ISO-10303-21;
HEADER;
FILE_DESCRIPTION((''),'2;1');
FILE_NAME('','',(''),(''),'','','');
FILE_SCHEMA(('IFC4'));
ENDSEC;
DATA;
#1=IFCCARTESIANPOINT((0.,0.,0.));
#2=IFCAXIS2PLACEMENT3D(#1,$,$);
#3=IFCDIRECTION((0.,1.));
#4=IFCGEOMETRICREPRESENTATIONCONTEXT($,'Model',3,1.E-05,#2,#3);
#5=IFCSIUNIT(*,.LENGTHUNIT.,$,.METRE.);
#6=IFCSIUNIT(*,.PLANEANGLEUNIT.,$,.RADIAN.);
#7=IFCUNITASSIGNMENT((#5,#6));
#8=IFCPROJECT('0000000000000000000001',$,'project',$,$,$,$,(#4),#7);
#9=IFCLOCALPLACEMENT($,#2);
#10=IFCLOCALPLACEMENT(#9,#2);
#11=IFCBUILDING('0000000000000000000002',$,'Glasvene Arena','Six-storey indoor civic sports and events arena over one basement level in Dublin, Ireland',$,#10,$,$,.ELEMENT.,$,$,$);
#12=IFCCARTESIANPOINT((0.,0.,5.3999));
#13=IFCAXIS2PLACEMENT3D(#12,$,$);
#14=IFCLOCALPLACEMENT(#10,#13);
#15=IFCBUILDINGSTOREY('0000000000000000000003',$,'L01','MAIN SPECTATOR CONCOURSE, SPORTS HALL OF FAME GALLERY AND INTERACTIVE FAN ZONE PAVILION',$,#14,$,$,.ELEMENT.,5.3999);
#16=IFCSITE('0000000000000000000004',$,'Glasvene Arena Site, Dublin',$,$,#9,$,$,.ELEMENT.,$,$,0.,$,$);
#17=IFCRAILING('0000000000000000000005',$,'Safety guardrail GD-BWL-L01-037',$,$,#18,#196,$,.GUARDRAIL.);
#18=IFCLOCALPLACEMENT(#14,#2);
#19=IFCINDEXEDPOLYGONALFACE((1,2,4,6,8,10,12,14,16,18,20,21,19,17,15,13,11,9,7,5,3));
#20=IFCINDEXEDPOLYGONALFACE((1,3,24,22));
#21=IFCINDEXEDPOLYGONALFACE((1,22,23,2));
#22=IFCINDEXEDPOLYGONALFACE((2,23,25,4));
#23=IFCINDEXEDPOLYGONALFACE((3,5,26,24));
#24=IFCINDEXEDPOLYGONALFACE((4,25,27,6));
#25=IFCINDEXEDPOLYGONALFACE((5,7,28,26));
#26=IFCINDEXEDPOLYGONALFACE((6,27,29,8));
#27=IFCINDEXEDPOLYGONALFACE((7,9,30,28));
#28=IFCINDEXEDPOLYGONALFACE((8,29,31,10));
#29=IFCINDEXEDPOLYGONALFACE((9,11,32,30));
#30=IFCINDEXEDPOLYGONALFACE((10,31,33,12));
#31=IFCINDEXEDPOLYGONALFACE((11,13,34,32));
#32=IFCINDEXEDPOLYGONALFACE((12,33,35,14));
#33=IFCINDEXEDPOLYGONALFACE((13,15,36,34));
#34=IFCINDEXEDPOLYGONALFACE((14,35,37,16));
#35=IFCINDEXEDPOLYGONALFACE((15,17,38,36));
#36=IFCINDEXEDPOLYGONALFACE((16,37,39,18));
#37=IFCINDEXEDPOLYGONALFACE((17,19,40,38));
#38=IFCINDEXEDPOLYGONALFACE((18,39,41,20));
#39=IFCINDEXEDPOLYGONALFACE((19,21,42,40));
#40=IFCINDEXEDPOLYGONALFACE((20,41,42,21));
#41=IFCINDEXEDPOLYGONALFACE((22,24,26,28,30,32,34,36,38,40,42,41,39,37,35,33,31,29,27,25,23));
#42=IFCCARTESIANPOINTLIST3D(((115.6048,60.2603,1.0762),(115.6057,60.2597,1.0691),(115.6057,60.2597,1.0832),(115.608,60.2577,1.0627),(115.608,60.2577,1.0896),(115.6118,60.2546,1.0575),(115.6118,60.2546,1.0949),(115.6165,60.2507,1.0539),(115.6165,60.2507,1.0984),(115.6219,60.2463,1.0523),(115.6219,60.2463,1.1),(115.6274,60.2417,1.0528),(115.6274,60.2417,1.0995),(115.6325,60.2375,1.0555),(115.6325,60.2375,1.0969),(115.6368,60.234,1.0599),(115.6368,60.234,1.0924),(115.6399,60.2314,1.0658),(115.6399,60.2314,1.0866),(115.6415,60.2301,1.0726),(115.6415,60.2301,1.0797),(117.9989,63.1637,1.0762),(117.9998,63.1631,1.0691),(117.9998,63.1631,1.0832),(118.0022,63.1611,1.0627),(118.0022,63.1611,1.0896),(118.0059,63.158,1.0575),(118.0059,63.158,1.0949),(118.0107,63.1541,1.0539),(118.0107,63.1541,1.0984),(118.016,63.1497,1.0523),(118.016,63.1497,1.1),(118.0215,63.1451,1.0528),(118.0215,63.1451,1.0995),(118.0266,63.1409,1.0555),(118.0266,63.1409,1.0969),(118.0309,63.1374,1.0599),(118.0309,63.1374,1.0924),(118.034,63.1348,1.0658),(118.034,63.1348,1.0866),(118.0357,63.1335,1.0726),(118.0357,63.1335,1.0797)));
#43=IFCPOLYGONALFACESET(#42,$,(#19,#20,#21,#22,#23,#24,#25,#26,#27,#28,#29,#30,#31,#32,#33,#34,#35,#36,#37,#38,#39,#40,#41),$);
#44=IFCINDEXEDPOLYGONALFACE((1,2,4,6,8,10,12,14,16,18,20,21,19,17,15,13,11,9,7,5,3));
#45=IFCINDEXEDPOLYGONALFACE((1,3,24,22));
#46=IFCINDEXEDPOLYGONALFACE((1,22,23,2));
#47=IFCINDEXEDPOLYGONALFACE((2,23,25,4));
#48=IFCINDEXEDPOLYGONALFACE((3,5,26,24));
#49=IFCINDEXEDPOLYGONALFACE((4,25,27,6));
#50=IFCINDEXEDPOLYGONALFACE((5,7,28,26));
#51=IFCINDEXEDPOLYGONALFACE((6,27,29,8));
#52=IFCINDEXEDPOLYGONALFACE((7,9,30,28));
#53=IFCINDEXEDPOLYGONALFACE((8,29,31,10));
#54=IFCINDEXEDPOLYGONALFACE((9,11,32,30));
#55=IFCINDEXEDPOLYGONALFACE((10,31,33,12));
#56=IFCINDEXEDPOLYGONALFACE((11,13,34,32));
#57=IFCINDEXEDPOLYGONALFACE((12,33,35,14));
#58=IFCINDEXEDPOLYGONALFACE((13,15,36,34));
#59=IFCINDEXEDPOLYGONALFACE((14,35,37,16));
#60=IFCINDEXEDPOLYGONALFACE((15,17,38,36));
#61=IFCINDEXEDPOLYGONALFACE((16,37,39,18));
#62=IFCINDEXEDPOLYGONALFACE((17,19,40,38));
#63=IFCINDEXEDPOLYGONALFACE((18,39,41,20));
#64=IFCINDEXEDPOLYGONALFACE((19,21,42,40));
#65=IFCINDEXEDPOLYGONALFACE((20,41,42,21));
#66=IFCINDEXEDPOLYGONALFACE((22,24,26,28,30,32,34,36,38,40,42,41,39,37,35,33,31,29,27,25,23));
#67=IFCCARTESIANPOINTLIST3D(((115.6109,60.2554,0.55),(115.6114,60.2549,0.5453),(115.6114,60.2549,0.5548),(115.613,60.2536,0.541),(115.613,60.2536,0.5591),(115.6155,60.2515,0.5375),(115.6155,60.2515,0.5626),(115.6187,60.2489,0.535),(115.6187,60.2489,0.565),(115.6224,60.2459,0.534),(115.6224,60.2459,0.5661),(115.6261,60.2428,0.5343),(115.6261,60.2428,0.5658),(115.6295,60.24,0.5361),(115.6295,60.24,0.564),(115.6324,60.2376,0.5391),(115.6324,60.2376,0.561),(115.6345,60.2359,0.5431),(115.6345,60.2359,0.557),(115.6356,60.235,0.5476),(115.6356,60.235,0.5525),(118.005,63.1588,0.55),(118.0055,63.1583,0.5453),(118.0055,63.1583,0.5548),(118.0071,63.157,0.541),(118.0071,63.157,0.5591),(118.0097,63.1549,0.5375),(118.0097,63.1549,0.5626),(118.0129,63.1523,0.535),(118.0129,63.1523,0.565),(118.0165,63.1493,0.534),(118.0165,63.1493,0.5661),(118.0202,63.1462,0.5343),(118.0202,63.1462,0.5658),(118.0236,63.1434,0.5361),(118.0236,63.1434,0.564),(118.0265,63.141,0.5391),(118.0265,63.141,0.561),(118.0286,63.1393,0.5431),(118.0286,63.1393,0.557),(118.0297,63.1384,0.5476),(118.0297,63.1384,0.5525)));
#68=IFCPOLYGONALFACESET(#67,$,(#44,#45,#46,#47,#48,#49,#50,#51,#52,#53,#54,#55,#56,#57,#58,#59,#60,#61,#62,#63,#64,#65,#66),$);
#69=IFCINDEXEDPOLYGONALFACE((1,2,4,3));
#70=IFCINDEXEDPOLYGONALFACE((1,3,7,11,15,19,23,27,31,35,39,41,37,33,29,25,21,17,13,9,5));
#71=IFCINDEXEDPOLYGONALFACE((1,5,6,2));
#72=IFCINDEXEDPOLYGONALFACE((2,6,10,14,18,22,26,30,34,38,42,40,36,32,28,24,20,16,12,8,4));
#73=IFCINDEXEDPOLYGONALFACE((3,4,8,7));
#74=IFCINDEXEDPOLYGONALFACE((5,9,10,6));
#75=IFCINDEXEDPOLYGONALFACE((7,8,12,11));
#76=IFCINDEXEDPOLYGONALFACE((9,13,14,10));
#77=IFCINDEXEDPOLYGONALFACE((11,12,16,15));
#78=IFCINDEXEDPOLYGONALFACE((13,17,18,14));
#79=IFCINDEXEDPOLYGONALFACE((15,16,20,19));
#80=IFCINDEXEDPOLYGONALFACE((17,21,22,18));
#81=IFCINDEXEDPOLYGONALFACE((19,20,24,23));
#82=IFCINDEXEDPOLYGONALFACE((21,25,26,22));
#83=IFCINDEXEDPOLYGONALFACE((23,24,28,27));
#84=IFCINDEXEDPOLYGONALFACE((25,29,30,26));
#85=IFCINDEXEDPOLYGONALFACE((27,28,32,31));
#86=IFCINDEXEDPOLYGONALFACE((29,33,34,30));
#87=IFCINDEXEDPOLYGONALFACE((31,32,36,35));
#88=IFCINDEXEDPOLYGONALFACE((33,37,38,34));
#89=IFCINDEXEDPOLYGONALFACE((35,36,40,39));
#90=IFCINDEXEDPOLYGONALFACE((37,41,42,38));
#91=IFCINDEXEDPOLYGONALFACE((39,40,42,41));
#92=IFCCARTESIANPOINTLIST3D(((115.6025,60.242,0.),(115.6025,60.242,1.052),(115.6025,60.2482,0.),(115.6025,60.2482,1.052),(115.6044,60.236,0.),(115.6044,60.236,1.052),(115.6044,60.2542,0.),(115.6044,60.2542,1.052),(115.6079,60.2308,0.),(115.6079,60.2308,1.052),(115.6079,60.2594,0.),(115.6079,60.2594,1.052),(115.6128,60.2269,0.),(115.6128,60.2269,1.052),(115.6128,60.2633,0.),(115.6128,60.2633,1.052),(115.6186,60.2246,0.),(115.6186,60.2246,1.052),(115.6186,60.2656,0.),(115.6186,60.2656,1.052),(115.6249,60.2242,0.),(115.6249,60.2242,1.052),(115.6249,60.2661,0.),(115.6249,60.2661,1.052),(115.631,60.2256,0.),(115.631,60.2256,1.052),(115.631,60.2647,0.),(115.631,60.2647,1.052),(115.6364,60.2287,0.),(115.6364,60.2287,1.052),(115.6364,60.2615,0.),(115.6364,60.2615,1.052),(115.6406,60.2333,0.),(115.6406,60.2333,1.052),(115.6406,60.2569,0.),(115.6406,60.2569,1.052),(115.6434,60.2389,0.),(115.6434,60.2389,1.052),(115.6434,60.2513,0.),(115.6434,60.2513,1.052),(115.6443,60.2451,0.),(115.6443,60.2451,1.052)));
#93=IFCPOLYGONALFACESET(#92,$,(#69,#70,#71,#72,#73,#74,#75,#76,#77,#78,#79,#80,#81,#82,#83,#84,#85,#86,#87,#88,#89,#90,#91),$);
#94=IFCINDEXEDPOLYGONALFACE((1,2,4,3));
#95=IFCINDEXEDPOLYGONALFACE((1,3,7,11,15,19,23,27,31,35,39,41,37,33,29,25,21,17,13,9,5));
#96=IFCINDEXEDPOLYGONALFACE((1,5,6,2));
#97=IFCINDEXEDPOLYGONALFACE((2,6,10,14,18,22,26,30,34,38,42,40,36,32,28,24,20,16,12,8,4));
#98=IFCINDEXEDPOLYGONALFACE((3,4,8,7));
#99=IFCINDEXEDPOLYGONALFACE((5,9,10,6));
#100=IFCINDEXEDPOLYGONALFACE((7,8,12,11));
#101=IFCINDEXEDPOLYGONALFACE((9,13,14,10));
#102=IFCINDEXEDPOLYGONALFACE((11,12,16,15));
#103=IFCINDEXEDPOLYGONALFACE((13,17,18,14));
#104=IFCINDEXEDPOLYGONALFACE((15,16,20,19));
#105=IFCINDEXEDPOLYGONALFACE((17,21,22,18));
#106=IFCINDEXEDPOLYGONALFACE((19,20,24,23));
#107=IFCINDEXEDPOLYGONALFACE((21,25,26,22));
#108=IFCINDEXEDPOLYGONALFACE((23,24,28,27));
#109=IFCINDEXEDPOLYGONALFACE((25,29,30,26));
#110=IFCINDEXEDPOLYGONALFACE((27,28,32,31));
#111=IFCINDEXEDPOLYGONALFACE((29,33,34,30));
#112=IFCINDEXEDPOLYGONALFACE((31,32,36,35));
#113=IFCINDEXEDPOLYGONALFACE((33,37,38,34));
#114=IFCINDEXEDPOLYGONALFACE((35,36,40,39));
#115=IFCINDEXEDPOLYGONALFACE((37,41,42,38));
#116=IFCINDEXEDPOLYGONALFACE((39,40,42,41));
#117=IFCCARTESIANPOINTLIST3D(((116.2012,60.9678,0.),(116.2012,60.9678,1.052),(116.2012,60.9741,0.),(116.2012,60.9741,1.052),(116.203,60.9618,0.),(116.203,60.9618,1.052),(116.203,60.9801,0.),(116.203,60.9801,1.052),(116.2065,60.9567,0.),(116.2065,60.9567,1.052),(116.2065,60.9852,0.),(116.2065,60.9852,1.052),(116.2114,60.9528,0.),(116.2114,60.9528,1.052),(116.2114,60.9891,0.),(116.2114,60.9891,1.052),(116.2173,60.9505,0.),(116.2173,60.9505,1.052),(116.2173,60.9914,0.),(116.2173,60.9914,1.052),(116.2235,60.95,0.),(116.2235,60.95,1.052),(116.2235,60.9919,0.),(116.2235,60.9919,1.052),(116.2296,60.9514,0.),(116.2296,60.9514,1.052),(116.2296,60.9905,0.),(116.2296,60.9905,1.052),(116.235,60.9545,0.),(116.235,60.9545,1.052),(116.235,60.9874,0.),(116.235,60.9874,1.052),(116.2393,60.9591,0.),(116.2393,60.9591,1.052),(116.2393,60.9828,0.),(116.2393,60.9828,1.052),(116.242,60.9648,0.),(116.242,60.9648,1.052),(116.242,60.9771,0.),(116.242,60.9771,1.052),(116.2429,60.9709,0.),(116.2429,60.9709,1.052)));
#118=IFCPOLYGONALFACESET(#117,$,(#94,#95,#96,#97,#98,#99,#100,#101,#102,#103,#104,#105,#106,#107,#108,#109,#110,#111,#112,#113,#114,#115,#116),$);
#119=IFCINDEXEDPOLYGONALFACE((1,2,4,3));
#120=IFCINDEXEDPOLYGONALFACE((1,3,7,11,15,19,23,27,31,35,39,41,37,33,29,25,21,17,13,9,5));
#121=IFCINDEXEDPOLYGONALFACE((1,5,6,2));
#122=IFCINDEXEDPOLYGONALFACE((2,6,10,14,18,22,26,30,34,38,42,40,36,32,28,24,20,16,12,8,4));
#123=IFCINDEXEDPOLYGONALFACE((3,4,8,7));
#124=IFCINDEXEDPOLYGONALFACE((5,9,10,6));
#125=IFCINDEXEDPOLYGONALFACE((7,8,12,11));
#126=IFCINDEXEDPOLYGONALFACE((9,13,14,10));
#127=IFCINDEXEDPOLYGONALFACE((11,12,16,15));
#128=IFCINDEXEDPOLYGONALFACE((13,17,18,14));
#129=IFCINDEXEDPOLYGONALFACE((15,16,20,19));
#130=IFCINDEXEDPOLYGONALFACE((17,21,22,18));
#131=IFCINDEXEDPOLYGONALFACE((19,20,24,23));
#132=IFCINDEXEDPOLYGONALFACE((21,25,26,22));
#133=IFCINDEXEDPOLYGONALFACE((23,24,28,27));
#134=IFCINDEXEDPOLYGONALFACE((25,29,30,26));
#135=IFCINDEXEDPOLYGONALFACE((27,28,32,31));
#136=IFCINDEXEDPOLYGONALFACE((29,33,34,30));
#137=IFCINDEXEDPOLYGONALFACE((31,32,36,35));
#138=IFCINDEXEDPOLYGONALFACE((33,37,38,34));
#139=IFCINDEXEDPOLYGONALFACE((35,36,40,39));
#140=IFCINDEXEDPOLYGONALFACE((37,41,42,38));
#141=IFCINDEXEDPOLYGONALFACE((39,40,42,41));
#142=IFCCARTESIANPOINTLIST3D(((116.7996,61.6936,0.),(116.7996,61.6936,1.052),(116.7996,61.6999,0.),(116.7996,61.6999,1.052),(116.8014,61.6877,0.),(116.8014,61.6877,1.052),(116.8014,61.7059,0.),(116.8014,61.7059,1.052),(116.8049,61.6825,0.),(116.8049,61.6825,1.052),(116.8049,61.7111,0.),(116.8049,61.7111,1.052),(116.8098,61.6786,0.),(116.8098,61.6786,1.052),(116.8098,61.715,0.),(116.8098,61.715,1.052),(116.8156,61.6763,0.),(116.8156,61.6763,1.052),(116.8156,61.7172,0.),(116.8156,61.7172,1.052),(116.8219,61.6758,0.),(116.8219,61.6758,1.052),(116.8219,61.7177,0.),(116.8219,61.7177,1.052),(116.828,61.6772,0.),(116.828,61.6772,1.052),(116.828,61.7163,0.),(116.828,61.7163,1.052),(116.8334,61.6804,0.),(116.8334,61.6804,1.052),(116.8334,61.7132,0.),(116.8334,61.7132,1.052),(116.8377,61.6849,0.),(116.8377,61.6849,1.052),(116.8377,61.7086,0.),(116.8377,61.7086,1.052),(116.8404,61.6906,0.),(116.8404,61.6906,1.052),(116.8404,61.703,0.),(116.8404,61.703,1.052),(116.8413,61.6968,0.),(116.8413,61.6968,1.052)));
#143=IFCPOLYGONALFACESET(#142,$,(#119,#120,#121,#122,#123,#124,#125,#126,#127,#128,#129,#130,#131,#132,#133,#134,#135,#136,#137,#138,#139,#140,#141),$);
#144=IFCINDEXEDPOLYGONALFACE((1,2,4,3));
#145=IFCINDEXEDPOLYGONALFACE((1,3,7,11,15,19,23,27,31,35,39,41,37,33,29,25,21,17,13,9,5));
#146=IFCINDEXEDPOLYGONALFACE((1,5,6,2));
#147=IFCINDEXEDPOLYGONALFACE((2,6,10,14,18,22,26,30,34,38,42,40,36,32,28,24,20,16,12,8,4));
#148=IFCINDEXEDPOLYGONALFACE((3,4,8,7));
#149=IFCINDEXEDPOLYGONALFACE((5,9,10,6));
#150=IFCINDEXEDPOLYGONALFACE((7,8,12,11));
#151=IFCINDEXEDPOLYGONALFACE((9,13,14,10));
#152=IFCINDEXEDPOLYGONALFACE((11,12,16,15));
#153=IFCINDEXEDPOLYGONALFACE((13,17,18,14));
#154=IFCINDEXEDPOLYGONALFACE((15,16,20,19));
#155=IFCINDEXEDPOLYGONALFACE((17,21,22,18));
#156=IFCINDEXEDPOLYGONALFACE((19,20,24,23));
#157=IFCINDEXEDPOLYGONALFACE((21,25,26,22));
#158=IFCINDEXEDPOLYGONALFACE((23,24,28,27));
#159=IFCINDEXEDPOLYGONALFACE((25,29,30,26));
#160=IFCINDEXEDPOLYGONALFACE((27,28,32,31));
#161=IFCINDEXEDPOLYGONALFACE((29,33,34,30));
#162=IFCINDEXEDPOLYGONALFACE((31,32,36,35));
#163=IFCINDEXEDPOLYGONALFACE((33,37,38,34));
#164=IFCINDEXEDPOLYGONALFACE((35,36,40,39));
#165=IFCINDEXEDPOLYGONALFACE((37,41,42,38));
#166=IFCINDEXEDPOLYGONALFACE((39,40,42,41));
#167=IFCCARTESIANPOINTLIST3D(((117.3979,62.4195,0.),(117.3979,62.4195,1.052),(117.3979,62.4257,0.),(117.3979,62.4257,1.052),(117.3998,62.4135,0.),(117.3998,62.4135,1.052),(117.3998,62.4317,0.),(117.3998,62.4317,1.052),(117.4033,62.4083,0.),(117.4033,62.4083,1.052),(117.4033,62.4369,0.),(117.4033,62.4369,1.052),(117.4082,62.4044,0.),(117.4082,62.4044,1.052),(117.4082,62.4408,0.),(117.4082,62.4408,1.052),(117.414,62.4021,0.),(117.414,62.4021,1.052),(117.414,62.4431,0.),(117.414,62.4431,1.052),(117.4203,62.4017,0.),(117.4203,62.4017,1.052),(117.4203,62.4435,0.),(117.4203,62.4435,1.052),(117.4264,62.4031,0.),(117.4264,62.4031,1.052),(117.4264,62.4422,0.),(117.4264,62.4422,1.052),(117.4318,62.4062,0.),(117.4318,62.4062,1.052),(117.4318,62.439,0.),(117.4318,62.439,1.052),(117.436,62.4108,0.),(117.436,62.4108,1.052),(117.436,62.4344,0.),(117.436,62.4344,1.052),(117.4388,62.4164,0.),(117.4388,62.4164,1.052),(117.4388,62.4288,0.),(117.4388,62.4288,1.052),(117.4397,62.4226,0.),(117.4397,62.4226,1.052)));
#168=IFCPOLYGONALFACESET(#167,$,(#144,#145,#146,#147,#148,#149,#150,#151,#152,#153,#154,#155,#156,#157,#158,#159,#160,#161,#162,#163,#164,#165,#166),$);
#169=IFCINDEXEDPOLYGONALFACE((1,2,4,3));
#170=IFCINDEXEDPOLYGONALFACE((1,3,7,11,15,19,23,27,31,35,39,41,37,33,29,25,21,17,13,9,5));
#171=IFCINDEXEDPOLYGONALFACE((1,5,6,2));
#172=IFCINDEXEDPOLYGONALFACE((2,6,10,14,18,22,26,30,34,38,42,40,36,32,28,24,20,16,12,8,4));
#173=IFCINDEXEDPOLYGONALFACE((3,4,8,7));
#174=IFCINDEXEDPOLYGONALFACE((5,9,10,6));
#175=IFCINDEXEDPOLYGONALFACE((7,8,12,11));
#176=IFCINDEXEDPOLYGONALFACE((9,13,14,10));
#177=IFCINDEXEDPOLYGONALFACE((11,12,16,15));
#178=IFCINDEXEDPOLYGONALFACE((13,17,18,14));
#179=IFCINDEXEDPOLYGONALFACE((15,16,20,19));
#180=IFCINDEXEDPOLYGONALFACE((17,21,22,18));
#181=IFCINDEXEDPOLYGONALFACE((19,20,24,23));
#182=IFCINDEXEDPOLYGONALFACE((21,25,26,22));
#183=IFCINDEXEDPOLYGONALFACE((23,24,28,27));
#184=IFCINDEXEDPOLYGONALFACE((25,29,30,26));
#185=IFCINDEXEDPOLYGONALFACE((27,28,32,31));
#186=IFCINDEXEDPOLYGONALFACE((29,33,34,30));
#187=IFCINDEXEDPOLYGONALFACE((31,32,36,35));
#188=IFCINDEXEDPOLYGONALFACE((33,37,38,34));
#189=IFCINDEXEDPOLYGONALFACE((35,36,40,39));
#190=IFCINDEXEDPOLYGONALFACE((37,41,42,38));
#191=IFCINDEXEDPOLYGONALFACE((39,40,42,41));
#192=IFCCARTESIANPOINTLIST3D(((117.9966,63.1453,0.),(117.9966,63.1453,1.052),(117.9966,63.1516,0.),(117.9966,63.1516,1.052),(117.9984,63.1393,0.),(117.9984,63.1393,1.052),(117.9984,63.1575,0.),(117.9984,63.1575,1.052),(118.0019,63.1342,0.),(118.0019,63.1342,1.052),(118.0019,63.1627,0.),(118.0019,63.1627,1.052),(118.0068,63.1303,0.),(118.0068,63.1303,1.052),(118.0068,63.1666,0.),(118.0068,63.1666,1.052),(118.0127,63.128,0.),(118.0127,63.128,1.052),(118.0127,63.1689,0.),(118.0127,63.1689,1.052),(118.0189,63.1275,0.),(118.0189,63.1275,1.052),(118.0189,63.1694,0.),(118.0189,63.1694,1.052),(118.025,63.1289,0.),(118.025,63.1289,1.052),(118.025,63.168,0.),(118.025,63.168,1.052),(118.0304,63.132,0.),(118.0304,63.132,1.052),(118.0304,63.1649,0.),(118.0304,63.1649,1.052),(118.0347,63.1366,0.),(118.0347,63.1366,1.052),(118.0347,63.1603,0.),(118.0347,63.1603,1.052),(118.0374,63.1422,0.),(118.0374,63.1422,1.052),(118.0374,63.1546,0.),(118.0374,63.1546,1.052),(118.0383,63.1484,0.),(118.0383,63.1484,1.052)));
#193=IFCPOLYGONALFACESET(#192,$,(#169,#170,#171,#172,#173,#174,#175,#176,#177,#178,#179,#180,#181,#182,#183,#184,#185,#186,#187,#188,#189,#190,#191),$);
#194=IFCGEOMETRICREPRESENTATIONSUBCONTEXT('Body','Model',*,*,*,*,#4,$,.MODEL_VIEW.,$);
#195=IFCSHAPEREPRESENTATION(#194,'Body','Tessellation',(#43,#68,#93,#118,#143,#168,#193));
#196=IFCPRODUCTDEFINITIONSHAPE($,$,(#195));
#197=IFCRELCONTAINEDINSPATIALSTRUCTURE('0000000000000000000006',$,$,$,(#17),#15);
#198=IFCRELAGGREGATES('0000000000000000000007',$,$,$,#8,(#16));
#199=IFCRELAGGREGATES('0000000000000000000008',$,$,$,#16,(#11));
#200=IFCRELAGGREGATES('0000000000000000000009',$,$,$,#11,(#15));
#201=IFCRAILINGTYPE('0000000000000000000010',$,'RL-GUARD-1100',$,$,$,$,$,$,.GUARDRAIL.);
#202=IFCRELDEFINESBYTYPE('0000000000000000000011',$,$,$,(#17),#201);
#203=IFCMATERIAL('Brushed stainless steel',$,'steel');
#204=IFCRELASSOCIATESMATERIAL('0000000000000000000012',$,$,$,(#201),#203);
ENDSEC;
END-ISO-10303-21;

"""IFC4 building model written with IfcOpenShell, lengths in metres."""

from ifc_helpers import new_model, si_unit, direction, frame, origin, origin_2d, place, context, subcontext, project, spatial, circle, extrude, material, type_object, element, save


model = new_model("IFC4")

# Units and contexts
model_context = context("Model", 3, precision=1e-05, world=origin(), true_north=direction((0.0, 1.0)))
body_context = subcontext(model_context, "Body", "Model", "MODEL_VIEW")
ifc_project = project(units=[si_unit("LENGTHUNIT", "METRE"), si_unit("PLANEANGLEUNIT", "RADIAN")], contexts=[model_context])

# Site, building, storey
site_placement = place(None, origin())
site = spatial("IfcSite", under=ifc_project, at=site_placement, Name="Glasvene Arena Site, Dublin", CompositionType="ELEMENT", RefElevation=0.0)
building_placement = place(site_placement, origin())
building = spatial("IfcBuilding", under=site, at=building_placement, Name="Glasvene Arena", Description="Six-storey indoor civic sports and events arena over one basement level in Dublin, Ireland", CompositionType="ELEMENT")
storey_placement = place(building_placement, frame((0.0, 0.0, 5.3999)))
storey = spatial("IfcBuildingStorey", under=building, at=storey_placement, Name="L01", Description="MAIN SPECTATOR CONCOURSE, SPORTS HALL OF FAME GALLERY AND INTERACTIVE FAN ZONE PAVILION", CompositionType="ELEMENT", Elevation=5.3999)

# Railing
ifc_material_1 = material(Name="Brushed stainless steel", Category="steel")
railing_type = type_object("IfcRailingType", Name="RL-GUARD-1100", PredefinedType="GUARDRAIL", material=ifc_material_1)
railing_1_placement = place(storey_placement, frame((115.6233, 60.2451, 0.0)))
element("IfcRailing", 1, at=railing_1_placement, inside=storey, type_object=railing_type, Name="Safety guardrail GD-BWL-L01-037", PredefinedType="GUARDRAIL", context=body_context, shape_type="SweptSolid", body=[
    extrude(circle(Radius=0.0239, at=origin_2d()), frame((0.0, 0.0, 1.0762), z_axis=(0.636194, 0.771529, 0.0), x_axis=(-0.771529, 0.636194, 0.0)), (0.0, 0.0, 1.0), 3.7632),
    extrude(circle(Radius=0.0161, at=origin_2d()), frame((0.0, 0.0, 0.55), z_axis=(0.636194, 0.771529, 0.0), x_axis=(-0.771529, 0.636194, 0.0)), (0.0, 0.0, 1.0), 3.7632),
    extrude(circle(Radius=0.021, at=origin_2d()), origin(), (0.0, 0.0, 1.0), 1.052),
    extrude(circle(Radius=0.021, at=origin_2d()), frame((0.5986, 0.7258, 0.0)), (0.0, 0.0, 1.0), 1.052),
    extrude(circle(Radius=0.021, at=origin_2d()), frame((1.197, 1.4517, 0.0)), (0.0, 0.0, 1.0), 1.052),
    extrude(circle(Radius=0.021, at=origin_2d()), frame((1.7954, 2.1775, 0.0)), (0.0, 0.0, 1.0), 1.052),
    extrude(circle(Radius=0.021, at=origin_2d()), frame((2.394, 2.9033, 0.0)), (0.0, 0.0, 1.0), 1.052),
])

save(model, "model.ifc")
